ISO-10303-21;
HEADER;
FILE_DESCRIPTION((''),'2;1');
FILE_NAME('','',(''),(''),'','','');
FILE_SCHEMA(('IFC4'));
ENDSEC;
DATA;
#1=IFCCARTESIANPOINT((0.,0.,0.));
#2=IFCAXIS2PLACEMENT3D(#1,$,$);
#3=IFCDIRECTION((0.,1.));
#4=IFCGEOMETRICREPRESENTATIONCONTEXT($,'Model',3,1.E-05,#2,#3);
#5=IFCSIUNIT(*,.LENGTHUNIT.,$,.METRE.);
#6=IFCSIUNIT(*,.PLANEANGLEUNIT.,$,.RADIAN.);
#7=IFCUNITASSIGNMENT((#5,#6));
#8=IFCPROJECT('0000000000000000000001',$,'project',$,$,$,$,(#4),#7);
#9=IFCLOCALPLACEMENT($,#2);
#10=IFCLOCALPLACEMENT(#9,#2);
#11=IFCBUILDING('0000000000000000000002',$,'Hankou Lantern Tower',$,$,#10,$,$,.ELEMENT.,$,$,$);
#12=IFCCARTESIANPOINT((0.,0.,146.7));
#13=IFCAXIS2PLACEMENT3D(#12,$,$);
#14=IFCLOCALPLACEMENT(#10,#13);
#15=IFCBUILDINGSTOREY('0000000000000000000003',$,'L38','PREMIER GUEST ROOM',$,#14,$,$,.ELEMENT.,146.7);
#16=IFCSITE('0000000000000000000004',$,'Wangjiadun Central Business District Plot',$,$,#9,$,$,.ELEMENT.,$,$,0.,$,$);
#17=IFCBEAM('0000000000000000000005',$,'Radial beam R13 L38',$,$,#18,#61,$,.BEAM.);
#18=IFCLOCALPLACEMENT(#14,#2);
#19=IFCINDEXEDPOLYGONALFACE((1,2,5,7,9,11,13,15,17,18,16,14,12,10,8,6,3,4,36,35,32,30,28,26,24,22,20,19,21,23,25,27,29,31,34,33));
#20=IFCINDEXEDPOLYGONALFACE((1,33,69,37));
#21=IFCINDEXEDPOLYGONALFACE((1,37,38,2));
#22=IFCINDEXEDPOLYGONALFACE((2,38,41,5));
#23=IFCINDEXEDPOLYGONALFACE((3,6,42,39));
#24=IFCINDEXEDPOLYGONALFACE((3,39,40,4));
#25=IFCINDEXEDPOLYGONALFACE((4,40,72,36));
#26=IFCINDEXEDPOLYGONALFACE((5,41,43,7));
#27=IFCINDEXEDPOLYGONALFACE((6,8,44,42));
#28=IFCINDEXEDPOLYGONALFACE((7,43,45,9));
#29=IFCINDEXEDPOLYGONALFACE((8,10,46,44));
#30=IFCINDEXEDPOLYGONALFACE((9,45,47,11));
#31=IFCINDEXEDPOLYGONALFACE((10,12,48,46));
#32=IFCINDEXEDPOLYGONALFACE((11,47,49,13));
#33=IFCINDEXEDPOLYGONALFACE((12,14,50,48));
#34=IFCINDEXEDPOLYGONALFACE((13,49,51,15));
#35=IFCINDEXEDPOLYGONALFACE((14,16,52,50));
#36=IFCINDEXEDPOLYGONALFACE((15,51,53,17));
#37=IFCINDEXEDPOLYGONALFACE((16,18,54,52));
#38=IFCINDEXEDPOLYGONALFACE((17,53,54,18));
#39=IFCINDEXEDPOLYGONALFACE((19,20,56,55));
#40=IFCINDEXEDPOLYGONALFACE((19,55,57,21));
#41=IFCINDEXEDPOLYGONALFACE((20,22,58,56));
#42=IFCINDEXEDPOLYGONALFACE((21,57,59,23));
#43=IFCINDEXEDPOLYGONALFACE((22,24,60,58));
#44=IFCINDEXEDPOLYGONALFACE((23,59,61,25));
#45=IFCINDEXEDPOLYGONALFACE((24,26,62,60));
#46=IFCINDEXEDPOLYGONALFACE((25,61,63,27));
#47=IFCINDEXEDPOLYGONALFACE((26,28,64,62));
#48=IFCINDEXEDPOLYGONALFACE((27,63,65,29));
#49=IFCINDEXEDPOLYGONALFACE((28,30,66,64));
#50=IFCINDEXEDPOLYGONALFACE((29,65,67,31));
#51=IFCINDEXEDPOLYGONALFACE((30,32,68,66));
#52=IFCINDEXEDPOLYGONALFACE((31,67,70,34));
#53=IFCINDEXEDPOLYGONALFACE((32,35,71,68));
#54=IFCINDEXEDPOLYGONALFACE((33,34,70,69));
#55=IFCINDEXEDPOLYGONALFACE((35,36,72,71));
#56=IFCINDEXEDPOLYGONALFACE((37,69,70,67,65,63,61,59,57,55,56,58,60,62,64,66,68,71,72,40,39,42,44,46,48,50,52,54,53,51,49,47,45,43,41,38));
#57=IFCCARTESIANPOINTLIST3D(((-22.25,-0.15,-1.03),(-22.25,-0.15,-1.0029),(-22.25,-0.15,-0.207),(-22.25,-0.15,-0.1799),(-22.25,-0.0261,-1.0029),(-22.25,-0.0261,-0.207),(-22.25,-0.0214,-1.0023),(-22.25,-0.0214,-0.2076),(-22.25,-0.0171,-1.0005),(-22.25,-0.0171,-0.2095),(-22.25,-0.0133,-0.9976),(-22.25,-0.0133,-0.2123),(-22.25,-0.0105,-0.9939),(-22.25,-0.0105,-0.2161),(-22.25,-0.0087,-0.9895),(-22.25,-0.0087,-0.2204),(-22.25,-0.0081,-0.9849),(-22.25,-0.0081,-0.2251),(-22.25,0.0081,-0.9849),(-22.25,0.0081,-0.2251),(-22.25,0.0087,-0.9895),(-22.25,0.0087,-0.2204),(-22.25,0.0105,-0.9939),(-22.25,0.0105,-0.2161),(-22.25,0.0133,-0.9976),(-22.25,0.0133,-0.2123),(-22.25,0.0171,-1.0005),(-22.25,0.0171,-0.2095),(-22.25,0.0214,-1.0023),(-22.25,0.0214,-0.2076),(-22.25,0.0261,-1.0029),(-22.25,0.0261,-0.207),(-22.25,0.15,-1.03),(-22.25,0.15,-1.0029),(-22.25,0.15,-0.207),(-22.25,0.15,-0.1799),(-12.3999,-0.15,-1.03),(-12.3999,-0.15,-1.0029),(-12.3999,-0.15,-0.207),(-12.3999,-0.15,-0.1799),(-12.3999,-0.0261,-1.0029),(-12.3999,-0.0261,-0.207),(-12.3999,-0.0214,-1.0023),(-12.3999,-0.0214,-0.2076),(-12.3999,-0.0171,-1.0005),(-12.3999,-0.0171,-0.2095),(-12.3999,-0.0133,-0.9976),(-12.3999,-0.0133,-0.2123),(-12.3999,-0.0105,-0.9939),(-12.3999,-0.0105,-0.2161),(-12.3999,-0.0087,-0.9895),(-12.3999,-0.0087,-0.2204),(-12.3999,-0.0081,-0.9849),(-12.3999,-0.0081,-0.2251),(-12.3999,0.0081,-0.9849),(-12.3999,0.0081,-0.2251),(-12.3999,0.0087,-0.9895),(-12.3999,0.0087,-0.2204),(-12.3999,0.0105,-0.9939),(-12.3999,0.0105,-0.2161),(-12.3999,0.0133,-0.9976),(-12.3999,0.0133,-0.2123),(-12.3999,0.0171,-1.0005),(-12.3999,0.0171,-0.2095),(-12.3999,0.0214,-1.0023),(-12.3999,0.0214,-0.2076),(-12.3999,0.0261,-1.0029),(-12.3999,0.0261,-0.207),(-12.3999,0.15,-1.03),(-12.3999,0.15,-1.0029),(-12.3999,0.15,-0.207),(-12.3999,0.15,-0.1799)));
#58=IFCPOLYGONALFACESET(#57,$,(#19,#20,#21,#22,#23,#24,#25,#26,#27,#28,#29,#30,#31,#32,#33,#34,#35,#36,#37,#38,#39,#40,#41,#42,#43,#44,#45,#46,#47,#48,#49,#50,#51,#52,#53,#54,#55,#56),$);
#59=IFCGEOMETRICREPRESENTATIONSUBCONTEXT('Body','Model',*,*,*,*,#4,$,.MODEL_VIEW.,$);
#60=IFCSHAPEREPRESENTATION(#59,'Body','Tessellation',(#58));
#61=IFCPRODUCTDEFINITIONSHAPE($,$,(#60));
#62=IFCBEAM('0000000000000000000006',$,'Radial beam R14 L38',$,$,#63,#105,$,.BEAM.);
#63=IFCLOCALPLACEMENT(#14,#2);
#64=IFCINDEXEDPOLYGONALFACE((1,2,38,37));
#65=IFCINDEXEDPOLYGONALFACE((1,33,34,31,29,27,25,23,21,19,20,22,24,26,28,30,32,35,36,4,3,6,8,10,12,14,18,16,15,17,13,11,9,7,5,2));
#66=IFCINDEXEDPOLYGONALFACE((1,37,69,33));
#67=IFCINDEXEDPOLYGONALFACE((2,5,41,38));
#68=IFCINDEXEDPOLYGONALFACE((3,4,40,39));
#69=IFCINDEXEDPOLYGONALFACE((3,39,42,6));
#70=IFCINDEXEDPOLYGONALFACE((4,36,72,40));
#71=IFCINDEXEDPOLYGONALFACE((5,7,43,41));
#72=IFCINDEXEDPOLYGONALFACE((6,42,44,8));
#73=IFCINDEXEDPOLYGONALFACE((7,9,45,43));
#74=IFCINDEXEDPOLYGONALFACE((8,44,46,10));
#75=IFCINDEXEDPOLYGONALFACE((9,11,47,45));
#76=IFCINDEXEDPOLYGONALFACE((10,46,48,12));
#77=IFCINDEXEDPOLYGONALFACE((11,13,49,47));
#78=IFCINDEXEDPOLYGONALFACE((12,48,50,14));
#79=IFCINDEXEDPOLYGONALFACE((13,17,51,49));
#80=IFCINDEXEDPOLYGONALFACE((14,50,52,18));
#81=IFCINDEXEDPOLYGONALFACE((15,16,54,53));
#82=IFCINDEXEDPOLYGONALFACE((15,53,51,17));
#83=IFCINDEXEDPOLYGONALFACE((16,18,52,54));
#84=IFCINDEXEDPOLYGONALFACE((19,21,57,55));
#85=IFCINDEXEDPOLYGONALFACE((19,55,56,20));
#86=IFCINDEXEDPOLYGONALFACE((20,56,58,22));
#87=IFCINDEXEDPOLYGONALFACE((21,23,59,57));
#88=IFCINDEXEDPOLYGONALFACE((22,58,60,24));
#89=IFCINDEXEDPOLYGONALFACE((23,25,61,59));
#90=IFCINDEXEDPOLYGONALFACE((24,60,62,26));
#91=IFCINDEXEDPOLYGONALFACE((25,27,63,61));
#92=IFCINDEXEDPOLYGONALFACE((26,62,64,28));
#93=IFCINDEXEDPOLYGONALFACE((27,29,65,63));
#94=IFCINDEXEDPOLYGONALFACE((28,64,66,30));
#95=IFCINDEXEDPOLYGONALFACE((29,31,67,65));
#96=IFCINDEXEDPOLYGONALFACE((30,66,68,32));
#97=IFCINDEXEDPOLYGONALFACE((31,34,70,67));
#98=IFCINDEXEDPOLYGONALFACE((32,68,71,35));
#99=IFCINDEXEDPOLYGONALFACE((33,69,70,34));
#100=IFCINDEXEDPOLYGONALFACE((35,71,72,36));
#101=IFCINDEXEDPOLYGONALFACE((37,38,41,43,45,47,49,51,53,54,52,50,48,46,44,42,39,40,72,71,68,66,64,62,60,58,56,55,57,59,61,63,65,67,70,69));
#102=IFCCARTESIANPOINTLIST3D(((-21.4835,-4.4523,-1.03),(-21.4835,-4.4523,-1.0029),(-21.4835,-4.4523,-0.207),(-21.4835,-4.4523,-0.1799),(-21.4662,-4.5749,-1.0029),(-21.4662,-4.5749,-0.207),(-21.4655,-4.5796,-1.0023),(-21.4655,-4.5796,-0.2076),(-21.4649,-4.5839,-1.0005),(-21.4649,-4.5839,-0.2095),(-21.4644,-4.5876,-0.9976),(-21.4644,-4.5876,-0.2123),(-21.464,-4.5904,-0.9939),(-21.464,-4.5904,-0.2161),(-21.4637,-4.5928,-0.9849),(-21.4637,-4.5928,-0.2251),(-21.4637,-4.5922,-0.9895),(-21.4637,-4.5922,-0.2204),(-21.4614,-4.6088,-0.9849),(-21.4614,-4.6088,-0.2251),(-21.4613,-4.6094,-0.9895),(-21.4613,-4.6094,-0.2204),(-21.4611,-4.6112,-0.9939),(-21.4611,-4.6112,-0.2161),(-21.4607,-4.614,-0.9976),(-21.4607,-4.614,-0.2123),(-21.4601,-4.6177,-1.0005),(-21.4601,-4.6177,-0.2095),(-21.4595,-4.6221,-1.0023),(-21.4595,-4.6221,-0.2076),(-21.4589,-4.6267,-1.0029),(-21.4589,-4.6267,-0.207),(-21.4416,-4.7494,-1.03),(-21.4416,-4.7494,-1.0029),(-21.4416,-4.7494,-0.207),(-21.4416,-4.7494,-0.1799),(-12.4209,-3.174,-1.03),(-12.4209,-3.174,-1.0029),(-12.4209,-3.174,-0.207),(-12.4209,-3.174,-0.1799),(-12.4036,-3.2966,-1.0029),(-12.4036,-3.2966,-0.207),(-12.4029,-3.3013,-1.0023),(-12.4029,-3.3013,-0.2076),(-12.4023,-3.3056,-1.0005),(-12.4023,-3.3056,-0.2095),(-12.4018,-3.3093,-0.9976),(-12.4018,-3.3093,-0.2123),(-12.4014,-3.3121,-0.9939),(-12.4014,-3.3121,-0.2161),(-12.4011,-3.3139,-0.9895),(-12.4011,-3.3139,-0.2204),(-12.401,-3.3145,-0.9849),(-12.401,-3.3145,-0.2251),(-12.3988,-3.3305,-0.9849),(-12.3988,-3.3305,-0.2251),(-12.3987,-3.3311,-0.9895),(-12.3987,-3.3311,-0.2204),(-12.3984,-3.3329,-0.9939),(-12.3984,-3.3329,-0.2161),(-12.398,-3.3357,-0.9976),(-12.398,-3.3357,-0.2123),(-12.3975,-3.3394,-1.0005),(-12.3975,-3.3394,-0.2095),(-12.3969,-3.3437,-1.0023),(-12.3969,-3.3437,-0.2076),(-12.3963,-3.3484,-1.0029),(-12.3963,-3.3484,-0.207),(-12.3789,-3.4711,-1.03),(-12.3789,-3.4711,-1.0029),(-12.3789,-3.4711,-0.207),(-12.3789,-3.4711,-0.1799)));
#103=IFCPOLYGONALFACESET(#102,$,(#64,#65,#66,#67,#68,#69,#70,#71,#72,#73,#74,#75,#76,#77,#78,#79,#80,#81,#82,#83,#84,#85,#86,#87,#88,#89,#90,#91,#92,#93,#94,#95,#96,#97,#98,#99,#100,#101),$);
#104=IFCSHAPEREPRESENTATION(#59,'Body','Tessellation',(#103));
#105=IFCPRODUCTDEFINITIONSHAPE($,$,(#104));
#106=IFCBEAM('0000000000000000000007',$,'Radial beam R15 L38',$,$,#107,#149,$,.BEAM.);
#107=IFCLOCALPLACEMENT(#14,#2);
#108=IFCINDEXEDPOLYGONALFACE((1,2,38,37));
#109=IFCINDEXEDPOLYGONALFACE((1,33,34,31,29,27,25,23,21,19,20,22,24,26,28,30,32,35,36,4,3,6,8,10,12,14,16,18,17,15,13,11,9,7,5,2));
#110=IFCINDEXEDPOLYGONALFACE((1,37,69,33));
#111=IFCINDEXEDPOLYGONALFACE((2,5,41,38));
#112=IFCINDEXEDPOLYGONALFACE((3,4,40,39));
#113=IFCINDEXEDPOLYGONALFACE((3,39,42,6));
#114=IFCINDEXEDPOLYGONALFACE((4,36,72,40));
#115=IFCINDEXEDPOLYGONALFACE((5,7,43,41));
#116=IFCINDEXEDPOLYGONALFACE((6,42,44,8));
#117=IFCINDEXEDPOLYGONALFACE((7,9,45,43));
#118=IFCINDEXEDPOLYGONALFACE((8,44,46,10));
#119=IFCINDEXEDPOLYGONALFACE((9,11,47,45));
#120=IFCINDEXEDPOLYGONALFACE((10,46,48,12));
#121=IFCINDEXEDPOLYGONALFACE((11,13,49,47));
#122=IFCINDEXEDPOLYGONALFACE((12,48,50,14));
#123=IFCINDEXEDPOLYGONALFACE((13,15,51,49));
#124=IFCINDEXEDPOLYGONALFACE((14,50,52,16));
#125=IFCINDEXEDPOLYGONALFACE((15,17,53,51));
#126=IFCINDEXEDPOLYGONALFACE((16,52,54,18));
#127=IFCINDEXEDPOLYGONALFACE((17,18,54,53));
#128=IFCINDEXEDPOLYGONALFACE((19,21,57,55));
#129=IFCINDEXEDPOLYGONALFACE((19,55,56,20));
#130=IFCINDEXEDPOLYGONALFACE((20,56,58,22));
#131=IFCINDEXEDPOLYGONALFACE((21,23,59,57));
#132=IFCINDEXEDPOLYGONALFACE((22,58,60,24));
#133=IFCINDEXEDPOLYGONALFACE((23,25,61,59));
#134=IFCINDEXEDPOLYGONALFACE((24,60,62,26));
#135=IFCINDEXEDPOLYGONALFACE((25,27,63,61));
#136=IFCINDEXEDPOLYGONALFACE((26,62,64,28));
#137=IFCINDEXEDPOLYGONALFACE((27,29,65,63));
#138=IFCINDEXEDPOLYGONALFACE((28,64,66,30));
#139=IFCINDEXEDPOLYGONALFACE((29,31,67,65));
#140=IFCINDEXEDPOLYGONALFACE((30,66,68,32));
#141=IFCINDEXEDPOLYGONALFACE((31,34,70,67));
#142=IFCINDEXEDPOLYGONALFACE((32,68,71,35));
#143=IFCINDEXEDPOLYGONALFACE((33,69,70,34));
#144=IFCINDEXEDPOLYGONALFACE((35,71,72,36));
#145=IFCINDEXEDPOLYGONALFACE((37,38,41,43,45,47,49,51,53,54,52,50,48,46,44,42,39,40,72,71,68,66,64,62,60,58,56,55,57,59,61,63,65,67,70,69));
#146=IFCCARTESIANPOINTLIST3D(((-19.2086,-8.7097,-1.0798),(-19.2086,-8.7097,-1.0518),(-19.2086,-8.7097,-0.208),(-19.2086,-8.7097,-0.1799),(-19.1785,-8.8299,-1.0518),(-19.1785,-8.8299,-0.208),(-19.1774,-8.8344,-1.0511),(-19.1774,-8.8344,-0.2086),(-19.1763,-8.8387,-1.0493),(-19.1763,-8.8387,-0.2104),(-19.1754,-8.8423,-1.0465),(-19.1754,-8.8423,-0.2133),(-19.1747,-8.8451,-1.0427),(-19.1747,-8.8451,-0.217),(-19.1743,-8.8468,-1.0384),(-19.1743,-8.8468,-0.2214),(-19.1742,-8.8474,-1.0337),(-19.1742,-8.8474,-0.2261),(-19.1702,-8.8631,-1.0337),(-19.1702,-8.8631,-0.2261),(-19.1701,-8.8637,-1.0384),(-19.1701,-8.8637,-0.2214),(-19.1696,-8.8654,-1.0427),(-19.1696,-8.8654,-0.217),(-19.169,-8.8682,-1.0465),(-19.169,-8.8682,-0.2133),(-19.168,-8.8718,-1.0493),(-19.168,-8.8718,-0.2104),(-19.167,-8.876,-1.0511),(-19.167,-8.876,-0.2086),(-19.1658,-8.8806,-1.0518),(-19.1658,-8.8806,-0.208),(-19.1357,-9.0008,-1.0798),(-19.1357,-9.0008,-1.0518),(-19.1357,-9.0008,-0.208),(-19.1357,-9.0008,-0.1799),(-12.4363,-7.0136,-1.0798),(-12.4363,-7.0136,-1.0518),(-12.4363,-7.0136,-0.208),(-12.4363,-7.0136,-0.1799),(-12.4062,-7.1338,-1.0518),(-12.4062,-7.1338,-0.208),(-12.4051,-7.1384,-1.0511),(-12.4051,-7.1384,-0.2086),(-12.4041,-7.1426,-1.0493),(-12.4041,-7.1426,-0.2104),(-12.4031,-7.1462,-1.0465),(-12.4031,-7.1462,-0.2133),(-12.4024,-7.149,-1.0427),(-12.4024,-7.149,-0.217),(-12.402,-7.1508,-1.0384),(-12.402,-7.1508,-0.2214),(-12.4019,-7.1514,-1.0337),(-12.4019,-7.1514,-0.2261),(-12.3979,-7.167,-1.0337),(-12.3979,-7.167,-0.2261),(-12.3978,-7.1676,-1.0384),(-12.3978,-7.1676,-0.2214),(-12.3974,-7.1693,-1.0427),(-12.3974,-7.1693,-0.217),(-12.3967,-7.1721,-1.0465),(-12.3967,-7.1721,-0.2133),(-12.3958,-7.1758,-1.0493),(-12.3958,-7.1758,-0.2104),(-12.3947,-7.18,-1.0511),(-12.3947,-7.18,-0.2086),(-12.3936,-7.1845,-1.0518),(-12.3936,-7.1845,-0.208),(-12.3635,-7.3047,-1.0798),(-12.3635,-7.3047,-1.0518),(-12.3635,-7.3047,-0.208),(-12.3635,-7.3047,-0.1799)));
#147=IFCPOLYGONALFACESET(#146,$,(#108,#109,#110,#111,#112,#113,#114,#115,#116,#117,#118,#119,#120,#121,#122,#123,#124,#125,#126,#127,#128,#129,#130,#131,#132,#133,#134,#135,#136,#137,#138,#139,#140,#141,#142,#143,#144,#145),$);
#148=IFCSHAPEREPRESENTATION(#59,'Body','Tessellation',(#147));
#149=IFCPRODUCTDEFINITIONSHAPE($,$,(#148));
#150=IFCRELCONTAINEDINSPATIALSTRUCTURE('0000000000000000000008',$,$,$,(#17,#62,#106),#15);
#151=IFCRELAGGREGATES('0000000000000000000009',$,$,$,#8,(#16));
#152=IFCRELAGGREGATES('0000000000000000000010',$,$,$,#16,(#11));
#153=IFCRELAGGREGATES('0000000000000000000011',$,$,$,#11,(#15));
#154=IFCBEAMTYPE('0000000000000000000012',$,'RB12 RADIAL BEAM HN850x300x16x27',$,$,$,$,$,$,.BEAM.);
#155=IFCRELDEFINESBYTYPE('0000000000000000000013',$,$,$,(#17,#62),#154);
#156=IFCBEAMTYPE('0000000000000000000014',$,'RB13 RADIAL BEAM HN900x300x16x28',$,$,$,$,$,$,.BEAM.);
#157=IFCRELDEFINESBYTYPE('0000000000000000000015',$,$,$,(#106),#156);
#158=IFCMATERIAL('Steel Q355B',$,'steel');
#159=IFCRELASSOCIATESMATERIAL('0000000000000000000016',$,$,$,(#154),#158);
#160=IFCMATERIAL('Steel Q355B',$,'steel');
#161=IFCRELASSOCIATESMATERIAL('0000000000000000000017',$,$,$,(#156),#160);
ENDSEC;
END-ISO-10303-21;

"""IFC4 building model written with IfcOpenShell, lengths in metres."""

from ifc_helpers import new_model, si_unit, direction, frame, origin, origin_2d, place, context, subcontext, project, spatial, i_section, extrude, material, material_profile, profile_set, type_object, element, save


model = new_model("IFC4")

# Units and contexts
model_context = context("Model", 3, precision=1e-05, world=origin(), true_north=direction((0.0, 1.0)))
body_context = subcontext(model_context, "Body", "Model", "MODEL_VIEW")
ifc_project = project(units=[si_unit("LENGTHUNIT", "METRE"), si_unit("PLANEANGLEUNIT", "RADIAN")], contexts=[model_context])

# Site, building, storey
site_placement = place(None, origin())
site = spatial("IfcSite", under=ifc_project, at=site_placement, Name="Wangjiadun Central Business District Plot", CompositionType="ELEMENT", RefElevation=0.0)
building_placement = place(site_placement, origin())
building = spatial("IfcBuilding", under=site, at=building_placement, Name="Hankou Lantern Tower", CompositionType="ELEMENT")
storey_placement = place(building_placement, frame((0.0, 0.0, 146.7)))
storey = spatial("IfcBuildingStorey", under=building, at=storey_placement, Name="L38", Description="PREMIER GUEST ROOM", CompositionType="ELEMENT", Elevation=146.7)

# Beams
ifc_material_1 = material(Name="Steel Q355B", Category="steel")
ifc_material_profile_1 = material_profile(ifc_material_1, i_section(OverallWidth=0.3, OverallDepth=0.8501, WebThickness=0.0161, FlangeThickness=0.0271, FilletRadius=0.0181, at=origin_2d()), Name="HN850x300x16x27")
ifc_profile_set_1 = profile_set([ifc_material_profile_1], Name="Steel Q355B")
beam_type_1 = type_object("IfcBeamType", Name="RB12 RADIAL BEAM HN850x300x16x27", PredefinedType="BEAM", material=ifc_profile_set_1)
beam_1_placement = place(storey_placement, frame((-12.3999, 0.0, -0.605), z_axis=(-1.0, 0.0, 0.0), x_axis=(0.0, -1.0, 0.0)))
element("IfcBeam", 1, at=beam_1_placement, inside=storey, type_object=beam_type_1, Name="Radial beam R13 L38", PredefinedType="BEAM", context=body_context, shape_type="SweptSolid", body=[
    extrude(i_section(OverallWidth=0.3, OverallDepth=0.8501, WebThickness=0.0161, FlangeThickness=0.0271, FilletRadius=0.0181, at=origin_2d()), origin(), (0.0, 0.0, 1.0), 9.8501),
])
beam_2_placement = place(storey_placement, frame((-12.3999, -3.3225, -0.605), z_axis=(-0.990198, -0.13967, 0.0), x_axis=(0.13967, -0.990198, 0.0)))
element("IfcBeam", 2, at=beam_2_placement, inside=storey, type_object=beam_type_1, Name="Radial beam R14 L38", PredefinedType="BEAM", context=body_context, shape_type="SweptSolid", body=[
    extrude(i_section(OverallWidth=0.3, OverallDepth=0.8501, WebThickness=0.0161, FlangeThickness=0.0271, FilletRadius=0.0181, at=origin_2d()), origin(), (0.0, 0.0, 1.0), 9.1523),
])
ifc_material_2 = material(Name="Steel Q355B", Category="steel")
ifc_material_profile_2 = material_profile(ifc_material_2, i_section(OverallWidth=0.3, OverallDepth=0.8999, WebThickness=0.0161, FlangeThickness=0.0281, FilletRadius=0.0181, at=origin_2d()), Name="HN900x300x16x28")
ifc_profile_set_2 = profile_set([ifc_material_profile_2], Name="Steel Q355B")
beam_type_2 = type_object("IfcBeamType", Name="RB13 RADIAL BEAM HN900x300x16x28", PredefinedType="BEAM", material=ifc_profile_set_2)
beam_3_placement = place(storey_placement, frame((-12.3999, -7.1592, -0.6299), z_axis=(-0.970042, -0.242939, 0.0), x_axis=(0.242939, -0.970042, 0.0)))
element("IfcBeam", 3, at=beam_3_placement, inside=storey, type_object=beam_type_2, Name="Radial beam R15 L38", PredefinedType="BEAM", context=body_context, shape_type="SweptSolid", body=[
    extrude(i_section(OverallWidth=0.3, OverallDepth=0.8999, WebThickness=0.0161, FlangeThickness=0.0281, FilletRadius=0.0181, at=origin_2d()), origin(), (0.0, 0.0, 1.0), 6.9814),
])

save(model, "model.ifc")
